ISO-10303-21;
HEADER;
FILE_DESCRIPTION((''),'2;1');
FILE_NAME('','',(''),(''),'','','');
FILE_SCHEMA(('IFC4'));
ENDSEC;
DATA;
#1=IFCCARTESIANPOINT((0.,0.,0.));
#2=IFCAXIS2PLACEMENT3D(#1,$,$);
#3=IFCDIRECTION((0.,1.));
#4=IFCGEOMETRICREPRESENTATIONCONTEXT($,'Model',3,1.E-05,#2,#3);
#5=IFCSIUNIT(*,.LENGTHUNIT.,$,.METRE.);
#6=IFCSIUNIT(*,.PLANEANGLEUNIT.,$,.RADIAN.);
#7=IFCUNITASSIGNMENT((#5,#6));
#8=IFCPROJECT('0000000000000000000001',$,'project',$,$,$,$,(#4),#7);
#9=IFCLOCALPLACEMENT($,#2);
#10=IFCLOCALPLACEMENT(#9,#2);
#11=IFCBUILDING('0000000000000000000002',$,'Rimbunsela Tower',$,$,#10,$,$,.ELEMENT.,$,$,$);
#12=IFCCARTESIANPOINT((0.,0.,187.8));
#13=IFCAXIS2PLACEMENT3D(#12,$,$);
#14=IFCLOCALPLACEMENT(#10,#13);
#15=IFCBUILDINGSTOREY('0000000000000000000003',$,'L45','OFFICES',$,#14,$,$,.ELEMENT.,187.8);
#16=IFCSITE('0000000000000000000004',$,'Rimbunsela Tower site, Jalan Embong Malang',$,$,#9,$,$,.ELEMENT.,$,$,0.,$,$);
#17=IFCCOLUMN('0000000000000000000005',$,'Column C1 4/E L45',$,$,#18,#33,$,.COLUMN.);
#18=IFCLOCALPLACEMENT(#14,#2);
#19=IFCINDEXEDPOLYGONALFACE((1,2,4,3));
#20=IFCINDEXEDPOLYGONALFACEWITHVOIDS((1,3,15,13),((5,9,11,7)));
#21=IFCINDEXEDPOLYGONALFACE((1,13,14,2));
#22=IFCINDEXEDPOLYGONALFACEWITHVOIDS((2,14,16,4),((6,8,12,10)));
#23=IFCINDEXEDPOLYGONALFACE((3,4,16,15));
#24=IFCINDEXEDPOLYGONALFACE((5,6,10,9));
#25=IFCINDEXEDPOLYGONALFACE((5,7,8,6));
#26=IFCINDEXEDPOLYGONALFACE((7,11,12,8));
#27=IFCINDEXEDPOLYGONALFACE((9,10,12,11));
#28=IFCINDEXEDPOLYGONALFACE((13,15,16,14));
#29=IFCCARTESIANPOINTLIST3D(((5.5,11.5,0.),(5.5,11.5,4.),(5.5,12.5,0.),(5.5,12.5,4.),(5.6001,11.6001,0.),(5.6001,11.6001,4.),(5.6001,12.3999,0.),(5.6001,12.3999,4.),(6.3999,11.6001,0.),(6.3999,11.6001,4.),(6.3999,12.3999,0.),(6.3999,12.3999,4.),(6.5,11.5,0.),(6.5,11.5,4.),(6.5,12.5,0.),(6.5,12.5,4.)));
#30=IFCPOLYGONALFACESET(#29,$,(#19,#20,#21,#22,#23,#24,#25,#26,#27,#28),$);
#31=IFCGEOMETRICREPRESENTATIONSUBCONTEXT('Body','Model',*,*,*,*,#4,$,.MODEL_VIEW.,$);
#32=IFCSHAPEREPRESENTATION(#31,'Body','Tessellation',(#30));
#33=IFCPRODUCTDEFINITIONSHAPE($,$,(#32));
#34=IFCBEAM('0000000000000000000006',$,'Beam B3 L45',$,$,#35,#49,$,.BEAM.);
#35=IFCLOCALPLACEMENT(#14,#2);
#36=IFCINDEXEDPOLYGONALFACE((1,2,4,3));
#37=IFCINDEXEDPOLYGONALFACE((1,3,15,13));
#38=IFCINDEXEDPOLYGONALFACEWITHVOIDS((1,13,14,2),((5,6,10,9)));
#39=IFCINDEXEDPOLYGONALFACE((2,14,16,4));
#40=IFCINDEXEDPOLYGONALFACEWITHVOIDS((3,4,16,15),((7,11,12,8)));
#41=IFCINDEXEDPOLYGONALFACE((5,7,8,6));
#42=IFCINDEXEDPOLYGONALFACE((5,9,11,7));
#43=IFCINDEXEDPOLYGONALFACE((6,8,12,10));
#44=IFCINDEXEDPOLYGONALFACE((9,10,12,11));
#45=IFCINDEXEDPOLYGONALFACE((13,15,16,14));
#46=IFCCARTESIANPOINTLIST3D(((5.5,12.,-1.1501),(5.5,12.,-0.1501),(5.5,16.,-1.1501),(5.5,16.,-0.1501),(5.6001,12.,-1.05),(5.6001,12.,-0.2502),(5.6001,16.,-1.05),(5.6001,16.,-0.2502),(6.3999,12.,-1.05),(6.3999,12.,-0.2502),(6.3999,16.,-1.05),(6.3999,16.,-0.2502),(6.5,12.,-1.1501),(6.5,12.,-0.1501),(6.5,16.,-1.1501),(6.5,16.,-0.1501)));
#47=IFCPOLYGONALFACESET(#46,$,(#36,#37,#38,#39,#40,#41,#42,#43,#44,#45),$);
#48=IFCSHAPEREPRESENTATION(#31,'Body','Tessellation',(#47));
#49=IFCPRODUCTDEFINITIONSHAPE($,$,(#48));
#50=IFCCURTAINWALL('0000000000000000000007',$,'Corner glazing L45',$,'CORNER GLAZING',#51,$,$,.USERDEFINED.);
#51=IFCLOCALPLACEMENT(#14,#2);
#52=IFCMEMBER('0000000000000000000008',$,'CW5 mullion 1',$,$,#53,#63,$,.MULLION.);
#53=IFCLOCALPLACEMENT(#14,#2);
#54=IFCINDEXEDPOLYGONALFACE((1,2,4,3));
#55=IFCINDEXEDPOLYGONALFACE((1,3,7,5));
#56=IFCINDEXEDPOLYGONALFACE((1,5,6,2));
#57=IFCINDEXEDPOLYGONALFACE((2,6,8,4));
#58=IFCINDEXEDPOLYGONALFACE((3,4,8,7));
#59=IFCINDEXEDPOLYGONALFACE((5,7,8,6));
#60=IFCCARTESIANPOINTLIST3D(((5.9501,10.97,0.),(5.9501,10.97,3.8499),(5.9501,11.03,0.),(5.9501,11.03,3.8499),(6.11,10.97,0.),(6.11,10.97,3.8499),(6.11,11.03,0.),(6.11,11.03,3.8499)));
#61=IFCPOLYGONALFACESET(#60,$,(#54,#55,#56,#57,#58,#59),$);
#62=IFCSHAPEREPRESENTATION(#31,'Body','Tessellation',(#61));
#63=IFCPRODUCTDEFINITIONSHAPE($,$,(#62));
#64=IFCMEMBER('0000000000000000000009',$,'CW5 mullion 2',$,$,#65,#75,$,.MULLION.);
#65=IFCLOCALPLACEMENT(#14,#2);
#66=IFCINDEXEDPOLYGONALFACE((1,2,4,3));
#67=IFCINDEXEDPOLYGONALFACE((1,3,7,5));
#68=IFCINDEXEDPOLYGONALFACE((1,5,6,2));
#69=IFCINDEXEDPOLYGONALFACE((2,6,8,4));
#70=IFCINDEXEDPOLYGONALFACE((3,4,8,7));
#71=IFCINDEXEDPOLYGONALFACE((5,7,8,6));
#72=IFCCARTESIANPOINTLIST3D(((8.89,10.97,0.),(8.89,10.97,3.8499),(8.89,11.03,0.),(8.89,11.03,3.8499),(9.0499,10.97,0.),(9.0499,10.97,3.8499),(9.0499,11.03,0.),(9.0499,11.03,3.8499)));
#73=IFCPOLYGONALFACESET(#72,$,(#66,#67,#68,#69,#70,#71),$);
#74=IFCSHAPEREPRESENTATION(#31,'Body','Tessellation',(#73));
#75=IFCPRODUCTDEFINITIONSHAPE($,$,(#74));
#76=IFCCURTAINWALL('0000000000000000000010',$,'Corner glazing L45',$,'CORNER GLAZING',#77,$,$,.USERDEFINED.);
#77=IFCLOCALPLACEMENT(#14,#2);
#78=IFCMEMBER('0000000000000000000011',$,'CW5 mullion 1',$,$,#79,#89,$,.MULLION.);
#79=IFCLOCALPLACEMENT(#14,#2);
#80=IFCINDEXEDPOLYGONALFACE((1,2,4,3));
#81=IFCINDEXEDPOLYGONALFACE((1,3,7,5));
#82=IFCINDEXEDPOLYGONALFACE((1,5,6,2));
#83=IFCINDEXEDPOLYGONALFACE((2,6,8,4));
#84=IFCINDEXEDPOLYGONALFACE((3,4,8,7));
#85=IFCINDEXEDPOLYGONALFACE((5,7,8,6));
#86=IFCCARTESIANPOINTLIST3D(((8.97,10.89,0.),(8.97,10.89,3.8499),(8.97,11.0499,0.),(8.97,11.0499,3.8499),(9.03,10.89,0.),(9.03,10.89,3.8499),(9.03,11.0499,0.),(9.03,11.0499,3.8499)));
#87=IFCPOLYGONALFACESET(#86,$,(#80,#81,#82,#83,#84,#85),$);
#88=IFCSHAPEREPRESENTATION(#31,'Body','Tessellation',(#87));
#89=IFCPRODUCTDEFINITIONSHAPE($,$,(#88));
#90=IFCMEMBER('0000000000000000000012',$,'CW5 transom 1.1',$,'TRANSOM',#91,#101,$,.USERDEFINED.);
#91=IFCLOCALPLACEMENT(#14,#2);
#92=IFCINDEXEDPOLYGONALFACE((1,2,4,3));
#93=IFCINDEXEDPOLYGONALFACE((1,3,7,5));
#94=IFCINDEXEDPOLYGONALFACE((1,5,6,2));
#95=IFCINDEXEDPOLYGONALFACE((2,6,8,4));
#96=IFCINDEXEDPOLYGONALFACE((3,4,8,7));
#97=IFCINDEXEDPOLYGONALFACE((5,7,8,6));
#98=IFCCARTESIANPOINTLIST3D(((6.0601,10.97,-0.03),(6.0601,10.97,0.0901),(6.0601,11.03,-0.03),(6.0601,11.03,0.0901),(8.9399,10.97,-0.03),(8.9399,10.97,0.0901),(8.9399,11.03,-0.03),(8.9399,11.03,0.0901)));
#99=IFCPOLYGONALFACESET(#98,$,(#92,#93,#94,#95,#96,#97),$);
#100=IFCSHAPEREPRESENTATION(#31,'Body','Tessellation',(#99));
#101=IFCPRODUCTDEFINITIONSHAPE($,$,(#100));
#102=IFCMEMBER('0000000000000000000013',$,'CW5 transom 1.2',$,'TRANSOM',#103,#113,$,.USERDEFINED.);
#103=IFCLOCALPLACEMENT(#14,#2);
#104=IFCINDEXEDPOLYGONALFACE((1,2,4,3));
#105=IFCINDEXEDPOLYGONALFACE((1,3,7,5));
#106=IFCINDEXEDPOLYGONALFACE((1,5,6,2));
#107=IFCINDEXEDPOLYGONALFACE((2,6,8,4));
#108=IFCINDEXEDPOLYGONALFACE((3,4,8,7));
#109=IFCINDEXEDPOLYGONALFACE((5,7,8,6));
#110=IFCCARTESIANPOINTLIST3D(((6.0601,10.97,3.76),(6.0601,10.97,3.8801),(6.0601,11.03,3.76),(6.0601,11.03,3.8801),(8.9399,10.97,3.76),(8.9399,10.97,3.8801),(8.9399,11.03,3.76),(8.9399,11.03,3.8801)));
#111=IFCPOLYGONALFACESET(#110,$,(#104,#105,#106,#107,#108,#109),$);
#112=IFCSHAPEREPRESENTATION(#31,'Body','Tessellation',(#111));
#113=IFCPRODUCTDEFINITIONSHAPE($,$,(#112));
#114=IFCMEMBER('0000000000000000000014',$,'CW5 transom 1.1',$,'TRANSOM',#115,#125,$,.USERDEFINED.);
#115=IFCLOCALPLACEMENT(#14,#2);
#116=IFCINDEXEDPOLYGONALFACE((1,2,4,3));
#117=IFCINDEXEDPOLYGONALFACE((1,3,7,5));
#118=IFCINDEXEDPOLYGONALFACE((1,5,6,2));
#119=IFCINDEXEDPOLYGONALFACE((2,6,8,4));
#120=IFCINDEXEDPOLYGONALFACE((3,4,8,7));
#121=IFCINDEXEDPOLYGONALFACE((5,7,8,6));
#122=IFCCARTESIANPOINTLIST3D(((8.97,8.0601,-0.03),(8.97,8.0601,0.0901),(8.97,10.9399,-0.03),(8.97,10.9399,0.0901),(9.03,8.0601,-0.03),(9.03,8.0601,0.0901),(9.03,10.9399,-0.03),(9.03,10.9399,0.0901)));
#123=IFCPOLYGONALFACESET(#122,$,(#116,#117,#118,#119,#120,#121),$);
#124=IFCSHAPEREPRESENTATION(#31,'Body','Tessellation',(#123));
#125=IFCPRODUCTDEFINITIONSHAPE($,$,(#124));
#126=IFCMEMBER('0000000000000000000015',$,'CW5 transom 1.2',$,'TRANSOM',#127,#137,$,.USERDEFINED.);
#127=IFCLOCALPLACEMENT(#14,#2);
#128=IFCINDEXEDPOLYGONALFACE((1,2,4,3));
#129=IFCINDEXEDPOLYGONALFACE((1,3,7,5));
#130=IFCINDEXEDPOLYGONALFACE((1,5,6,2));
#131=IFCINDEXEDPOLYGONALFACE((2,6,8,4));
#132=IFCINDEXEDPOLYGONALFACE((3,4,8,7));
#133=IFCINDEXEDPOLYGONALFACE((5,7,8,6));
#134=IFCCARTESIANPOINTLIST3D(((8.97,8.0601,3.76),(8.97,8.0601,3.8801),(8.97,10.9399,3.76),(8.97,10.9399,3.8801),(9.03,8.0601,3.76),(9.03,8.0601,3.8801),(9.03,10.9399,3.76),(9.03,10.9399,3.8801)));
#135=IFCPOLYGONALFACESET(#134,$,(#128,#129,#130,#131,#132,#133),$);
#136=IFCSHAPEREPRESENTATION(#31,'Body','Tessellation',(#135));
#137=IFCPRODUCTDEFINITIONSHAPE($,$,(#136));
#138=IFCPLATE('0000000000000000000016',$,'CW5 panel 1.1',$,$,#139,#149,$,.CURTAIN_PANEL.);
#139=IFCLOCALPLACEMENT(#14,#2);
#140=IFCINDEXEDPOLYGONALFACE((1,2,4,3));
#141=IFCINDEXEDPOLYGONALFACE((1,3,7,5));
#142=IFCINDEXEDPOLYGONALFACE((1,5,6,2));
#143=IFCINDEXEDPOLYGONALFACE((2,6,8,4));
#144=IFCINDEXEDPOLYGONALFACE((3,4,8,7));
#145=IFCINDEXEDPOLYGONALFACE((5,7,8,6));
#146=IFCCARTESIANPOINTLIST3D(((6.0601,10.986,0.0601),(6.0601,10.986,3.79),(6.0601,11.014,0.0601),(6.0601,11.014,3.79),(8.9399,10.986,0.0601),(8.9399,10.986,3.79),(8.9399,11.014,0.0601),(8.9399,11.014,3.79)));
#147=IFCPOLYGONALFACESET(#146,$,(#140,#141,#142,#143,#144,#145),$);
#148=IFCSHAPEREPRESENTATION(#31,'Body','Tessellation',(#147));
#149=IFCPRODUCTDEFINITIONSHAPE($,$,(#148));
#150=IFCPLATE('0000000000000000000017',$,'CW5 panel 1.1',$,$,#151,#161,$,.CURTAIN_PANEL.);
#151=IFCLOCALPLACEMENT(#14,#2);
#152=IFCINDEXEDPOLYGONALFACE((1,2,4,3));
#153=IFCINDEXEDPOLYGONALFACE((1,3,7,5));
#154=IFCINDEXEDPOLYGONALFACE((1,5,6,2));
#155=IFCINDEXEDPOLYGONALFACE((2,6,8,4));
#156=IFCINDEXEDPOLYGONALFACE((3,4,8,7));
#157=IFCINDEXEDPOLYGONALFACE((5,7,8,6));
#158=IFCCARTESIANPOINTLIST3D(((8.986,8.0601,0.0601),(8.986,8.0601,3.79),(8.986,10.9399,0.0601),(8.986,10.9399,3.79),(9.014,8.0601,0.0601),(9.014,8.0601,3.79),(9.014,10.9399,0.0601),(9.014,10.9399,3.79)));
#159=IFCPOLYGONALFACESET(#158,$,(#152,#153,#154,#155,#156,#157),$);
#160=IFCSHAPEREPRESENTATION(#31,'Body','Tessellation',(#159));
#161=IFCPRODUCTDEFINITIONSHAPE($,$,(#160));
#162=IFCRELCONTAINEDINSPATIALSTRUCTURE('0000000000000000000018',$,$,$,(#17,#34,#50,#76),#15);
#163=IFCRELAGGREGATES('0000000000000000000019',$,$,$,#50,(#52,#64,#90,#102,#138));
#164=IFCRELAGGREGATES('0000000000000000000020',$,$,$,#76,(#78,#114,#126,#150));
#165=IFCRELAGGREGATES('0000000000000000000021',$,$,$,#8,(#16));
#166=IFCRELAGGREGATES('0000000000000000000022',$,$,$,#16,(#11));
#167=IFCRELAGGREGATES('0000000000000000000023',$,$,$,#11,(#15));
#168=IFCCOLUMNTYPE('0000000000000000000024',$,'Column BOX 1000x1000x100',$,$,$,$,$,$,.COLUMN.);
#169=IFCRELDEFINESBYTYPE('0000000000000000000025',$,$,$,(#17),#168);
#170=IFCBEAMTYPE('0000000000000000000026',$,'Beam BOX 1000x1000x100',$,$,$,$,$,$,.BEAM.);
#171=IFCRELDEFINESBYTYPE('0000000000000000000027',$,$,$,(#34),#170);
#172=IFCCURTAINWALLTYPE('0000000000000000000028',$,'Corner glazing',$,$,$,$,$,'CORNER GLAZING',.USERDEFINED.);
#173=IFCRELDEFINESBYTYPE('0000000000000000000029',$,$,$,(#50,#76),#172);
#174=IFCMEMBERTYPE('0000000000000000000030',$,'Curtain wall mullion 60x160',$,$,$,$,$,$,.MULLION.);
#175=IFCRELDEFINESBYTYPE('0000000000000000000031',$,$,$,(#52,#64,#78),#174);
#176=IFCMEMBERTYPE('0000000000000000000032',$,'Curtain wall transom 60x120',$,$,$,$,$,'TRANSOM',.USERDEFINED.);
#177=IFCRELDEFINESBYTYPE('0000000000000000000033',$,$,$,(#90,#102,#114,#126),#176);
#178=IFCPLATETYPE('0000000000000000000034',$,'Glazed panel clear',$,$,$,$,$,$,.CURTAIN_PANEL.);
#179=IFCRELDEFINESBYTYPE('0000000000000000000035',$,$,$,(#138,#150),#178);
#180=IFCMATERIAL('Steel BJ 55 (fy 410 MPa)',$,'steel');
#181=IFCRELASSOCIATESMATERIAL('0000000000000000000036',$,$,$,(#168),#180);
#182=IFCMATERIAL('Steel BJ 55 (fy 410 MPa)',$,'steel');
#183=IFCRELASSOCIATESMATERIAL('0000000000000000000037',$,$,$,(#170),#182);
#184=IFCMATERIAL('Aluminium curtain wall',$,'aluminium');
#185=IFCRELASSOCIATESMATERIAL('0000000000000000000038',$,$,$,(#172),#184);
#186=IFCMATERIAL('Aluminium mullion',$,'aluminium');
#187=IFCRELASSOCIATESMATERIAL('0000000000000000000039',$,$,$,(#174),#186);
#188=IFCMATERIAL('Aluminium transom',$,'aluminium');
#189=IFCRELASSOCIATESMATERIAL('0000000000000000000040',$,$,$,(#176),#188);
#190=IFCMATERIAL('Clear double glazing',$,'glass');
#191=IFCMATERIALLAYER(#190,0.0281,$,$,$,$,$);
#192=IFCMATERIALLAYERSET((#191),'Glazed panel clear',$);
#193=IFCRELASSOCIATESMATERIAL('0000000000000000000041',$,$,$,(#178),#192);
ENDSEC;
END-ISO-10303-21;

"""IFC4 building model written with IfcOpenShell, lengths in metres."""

from ifc_helpers import new_model, si_unit, direction, frame, origin, origin_2d, place, context, subcontext, project, spatial, rectangle, hollow_rectangle, extrude, material, layer, layer_set, material_profile, profile_set, type_object, element, aggregate, save


model = new_model("IFC4")

# Units and contexts
model_context = context("Model", 3, precision=1e-05, world=origin(), true_north=direction((0.0, 1.0)))
body_context = subcontext(model_context, "Body", "Model", "MODEL_VIEW")
ifc_project = project(units=[si_unit("LENGTHUNIT", "METRE"), si_unit("PLANEANGLEUNIT", "RADIAN")], contexts=[model_context])

# Site, building, storey
site_placement = place(None, origin())
site = spatial("IfcSite", under=ifc_project, at=site_placement, Name="Rimbunsela Tower site, Jalan Embong Malang", CompositionType="ELEMENT", RefElevation=0.0)
building_placement = place(site_placement, origin())
building = spatial("IfcBuilding", under=site, at=building_placement, Name="Rimbunsela Tower", CompositionType="ELEMENT")
storey_placement = place(building_placement, frame((0.0, 0.0, 187.8)))
storey = spatial("IfcBuildingStorey", under=building, at=storey_placement, Name="L45", Description="OFFICES", CompositionType="ELEMENT", Elevation=187.8)

# Column
ifc_material_1 = material(Name="Steel BJ 55 (fy 410 MPa)", Category="steel")
ifc_material_profile_1 = material_profile(ifc_material_1, hollow_rectangle(XDim=1.0, YDim=1.0, WallThickness=0.1001, at=origin_2d()), Name="BOX 1000x1000x100")
ifc_profile_set_1 = profile_set([ifc_material_profile_1], Name="Steel BJ 55 (fy 410 MPa)")
column_type = type_object("IfcColumnType", Name="Column BOX 1000x1000x100", PredefinedType="COLUMN", material=ifc_profile_set_1)
column_placement = place(storey_placement, frame((6.0, 12.0, 0.0), z_axis=(0.0, 0.0, 1.0), x_axis=(1.0, 0.0, 0.0)))
element("IfcColumn", 1, at=column_placement, inside=storey, type_object=column_type, Name="Column C1 4/E L45", PredefinedType="COLUMN", context=body_context, shape_type="SweptSolid", body=[
    extrude(hollow_rectangle(XDim=1.0, YDim=1.0, WallThickness=0.1001, at=origin_2d()), origin(), (0.0, 0.0, 1.0), 4.0),
])

# Beam
ifc_material_2 = material(Name="Steel BJ 55 (fy 410 MPa)", Category="steel")
ifc_material_profile_2 = material_profile(ifc_material_2, hollow_rectangle(XDim=1.0, YDim=1.0, WallThickness=0.1001, at=origin_2d()), Name="BOX 1000x1000x100")
ifc_profile_set_2 = profile_set([ifc_material_profile_2], Name="Steel BJ 55 (fy 410 MPa)")
beam_type = type_object("IfcBeamType", Name="Beam BOX 1000x1000x100", PredefinedType="BEAM", material=ifc_profile_set_2)
beam_placement = place(storey_placement, frame((6.0, 12.0, -0.6501), z_axis=(0.0, 1.0, 0.0), x_axis=(-1.0, 0.0, 0.0)))
element("IfcBeam", 2, at=beam_placement, inside=storey, type_object=beam_type, Name="Beam B3 L45", PredefinedType="BEAM", context=body_context, shape_type="SweptSolid", body=[
    extrude(hollow_rectangle(XDim=1.0, YDim=1.0, WallThickness=0.1001, at=origin_2d()), origin(), (0.0, 0.0, 1.0), 4.0),
])

# Curtain wall, members
ifc_material_3 = material(Name="Aluminium curtain wall", Category="aluminium")
curtain_wall_type = type_object("IfcCurtainWallType", Name="Corner glazing", ElementType="CORNER GLAZING", PredefinedType="USERDEFINED", material=ifc_material_3)
curtain_wall_1_placement = place(storey_placement, origin())
curtain_wall_1 = element("IfcCurtainWall", 3, at=curtain_wall_1_placement, inside=storey, type_object=curtain_wall_type, Name="Corner glazing L45", ObjectType="CORNER GLAZING", PredefinedType="USERDEFINED")
ifc_material_4 = material(Name="Aluminium mullion", Category="aluminium")
ifc_material_profile_3 = material_profile(ifc_material_4, rectangle(XDim=0.0601, YDim=0.1599, at=origin_2d()), Name="Mullion 60x160")
ifc_profile_set_3 = profile_set([ifc_material_profile_3], Name="Aluminium mullion")
member_type_1 = type_object("IfcMemberType", Name="Curtain wall mullion 60x160", PredefinedType="MULLION", material=ifc_profile_set_3)
member_1_placement = place(storey_placement, frame((6.03, 11.0, 0.0), z_axis=(0.0, 0.0, 1.0), x_axis=(0.0, 1.0, 0.0)))
member_1 = element("IfcMember", 4, at=member_1_placement, type_object=member_type_1, Name="CW5 mullion 1", PredefinedType="MULLION", context=body_context, shape_type="SweptSolid", body=[
    extrude(rectangle(XDim=0.0601, YDim=0.1599, at=origin_2d()), origin(), (0.0, 0.0, 1.0), 3.8499),
])
member_2_placement = place(storey_placement, frame((8.97, 11.0, 0.0), z_axis=(0.0, 0.0, 1.0), x_axis=(0.0, 1.0, 0.0)))
member_2 = element("IfcMember", 5, at=member_2_placement, type_object=member_type_1, Name="CW5 mullion 2", PredefinedType="MULLION", context=body_context, shape_type="SweptSolid", body=[
    extrude(rectangle(XDim=0.0601, YDim=0.1599, at=origin_2d()), origin(), (0.0, 0.0, 1.0), 3.8499),
])

# Curtain wall, member
curtain_wall_2_placement = place(storey_placement, origin())
curtain_wall_2 = element("IfcCurtainWall", 6, at=curtain_wall_2_placement, inside=storey, type_object=curtain_wall_type, Name="Corner glazing L45", ObjectType="CORNER GLAZING", PredefinedType="USERDEFINED")
member_3_placement = place(storey_placement, frame((9.0, 10.97, 0.0), z_axis=(0.0, 0.0, 1.0), x_axis=(1.0, 0.0, 0.0)))
member_3 = element("IfcMember", 7, at=member_3_placement, type_object=member_type_1, Name="CW5 mullion 1", PredefinedType="MULLION", context=body_context, shape_type="SweptSolid", body=[
    extrude(rectangle(XDim=0.0601, YDim=0.1599, at=origin_2d()), origin(), (0.0, 0.0, 1.0), 3.8499),
])

# Members
ifc_material_5 = material(Name="Aluminium transom", Category="aluminium")
ifc_material_profile_4 = material_profile(ifc_material_5, rectangle(XDim=0.0601, YDim=0.1201, at=origin_2d()), Name="Transom 60x120")
ifc_profile_set_4 = profile_set([ifc_material_profile_4], Name="Aluminium transom")
member_type_2 = type_object("IfcMemberType", Name="Curtain wall transom 60x120", ElementType="TRANSOM", PredefinedType="USERDEFINED", material=ifc_profile_set_4)
member_4_placement = place(storey_placement, frame((6.0601, 11.0, 0.03), z_axis=(1.0, 0.0, 0.0), x_axis=(0.0, 1.0, 0.0)))
member_4 = element("IfcMember", 8, at=member_4_placement, type_object=member_type_2, Name="CW5 transom 1.1", ObjectType="TRANSOM", PredefinedType="USERDEFINED", context=body_context, shape_type="SweptSolid", body=[
    extrude(rectangle(XDim=0.0601, YDim=0.1201, at=origin_2d()), origin(), (0.0, 0.0, 1.0), 2.8799),
])
member_5_placement = place(storey_placement, frame((6.0601, 11.0, 3.8201), z_axis=(1.0, 0.0, 0.0), x_axis=(0.0, 1.0, 0.0)))
member_5 = element("IfcMember", 9, at=member_5_placement, type_object=member_type_2, Name="CW5 transom 1.2", ObjectType="TRANSOM", PredefinedType="USERDEFINED", context=body_context, shape_type="SweptSolid", body=[
    extrude(rectangle(XDim=0.0601, YDim=0.1201, at=origin_2d()), origin(), (0.0, 0.0, 1.0), 2.8799),
])
member_6_placement = place(storey_placement, frame((9.0, 10.9399, 0.03), z_axis=(0.0, -1.0, 0.0), x_axis=(1.0, 0.0, 0.0)))
member_6 = element("IfcMember", 10, at=member_6_placement, type_object=member_type_2, Name="CW5 transom 1.1", ObjectType="TRANSOM", PredefinedType="USERDEFINED", context=body_context, shape_type="SweptSolid", body=[
    extrude(rectangle(XDim=0.0601, YDim=0.1201, at=origin_2d()), origin(), (0.0, 0.0, 1.0), 2.8799),
])
member_7_placement = place(storey_placement, frame((9.0, 10.9399, 3.8201), z_axis=(0.0, -1.0, 0.0), x_axis=(1.0, 0.0, 0.0)))
member_7 = element("IfcMember", 11, at=member_7_placement, type_object=member_type_2, Name="CW5 transom 1.2", ObjectType="TRANSOM", PredefinedType="USERDEFINED", context=body_context, shape_type="SweptSolid", body=[
    extrude(rectangle(XDim=0.0601, YDim=0.1201, at=origin_2d()), origin(), (0.0, 0.0, 1.0), 2.8799),
])

# Plates
ifc_material_6 = material(Name="Clear double glazing", Category="glass")
ifc_layer_1 = layer(ifc_material_6, 0.0281)
ifc_layer_set_1 = layer_set([ifc_layer_1], Name="Glazed panel clear")
plate_type = type_object("IfcPlateType", Name="Glazed panel clear", PredefinedType="CURTAIN_PANEL", material=ifc_layer_set_1)
plate_1_placement = place(storey_placement, frame((7.5, 11.0, 0.0601), z_axis=(0.0, 0.0, 1.0), x_axis=(1.0, 0.0, 0.0)))
plate_1 = element("IfcPlate", 12, at=plate_1_placement, type_object=plate_type, Name="CW5 panel 1.1", PredefinedType="CURTAIN_PANEL", context=body_context, shape_type="SweptSolid", body=[
    extrude(rectangle(XDim=2.8799, YDim=0.0281, at=origin_2d()), origin(), (0.0, 0.0, 1.0), 3.73),
])
aggregate(curtain_wall_1, [member_1, member_2, member_4, member_5, plate_1])
plate_2_placement = place(storey_placement, frame((9.0, 9.5, 0.0601), z_axis=(0.0, 0.0, 1.0), x_axis=(0.0, -1.0, 0.0)))
plate_2 = element("IfcPlate", 13, at=plate_2_placement, type_object=plate_type, Name="CW5 panel 1.1", PredefinedType="CURTAIN_PANEL", context=body_context, shape_type="SweptSolid", body=[
    extrude(rectangle(XDim=2.8799, YDim=0.0281, at=origin_2d()), origin(), (0.0, 0.0, 1.0), 3.73),
])
aggregate(curtain_wall_2, [member_3, member_6, member_7, plate_2])

save(model, "model.ifc")
